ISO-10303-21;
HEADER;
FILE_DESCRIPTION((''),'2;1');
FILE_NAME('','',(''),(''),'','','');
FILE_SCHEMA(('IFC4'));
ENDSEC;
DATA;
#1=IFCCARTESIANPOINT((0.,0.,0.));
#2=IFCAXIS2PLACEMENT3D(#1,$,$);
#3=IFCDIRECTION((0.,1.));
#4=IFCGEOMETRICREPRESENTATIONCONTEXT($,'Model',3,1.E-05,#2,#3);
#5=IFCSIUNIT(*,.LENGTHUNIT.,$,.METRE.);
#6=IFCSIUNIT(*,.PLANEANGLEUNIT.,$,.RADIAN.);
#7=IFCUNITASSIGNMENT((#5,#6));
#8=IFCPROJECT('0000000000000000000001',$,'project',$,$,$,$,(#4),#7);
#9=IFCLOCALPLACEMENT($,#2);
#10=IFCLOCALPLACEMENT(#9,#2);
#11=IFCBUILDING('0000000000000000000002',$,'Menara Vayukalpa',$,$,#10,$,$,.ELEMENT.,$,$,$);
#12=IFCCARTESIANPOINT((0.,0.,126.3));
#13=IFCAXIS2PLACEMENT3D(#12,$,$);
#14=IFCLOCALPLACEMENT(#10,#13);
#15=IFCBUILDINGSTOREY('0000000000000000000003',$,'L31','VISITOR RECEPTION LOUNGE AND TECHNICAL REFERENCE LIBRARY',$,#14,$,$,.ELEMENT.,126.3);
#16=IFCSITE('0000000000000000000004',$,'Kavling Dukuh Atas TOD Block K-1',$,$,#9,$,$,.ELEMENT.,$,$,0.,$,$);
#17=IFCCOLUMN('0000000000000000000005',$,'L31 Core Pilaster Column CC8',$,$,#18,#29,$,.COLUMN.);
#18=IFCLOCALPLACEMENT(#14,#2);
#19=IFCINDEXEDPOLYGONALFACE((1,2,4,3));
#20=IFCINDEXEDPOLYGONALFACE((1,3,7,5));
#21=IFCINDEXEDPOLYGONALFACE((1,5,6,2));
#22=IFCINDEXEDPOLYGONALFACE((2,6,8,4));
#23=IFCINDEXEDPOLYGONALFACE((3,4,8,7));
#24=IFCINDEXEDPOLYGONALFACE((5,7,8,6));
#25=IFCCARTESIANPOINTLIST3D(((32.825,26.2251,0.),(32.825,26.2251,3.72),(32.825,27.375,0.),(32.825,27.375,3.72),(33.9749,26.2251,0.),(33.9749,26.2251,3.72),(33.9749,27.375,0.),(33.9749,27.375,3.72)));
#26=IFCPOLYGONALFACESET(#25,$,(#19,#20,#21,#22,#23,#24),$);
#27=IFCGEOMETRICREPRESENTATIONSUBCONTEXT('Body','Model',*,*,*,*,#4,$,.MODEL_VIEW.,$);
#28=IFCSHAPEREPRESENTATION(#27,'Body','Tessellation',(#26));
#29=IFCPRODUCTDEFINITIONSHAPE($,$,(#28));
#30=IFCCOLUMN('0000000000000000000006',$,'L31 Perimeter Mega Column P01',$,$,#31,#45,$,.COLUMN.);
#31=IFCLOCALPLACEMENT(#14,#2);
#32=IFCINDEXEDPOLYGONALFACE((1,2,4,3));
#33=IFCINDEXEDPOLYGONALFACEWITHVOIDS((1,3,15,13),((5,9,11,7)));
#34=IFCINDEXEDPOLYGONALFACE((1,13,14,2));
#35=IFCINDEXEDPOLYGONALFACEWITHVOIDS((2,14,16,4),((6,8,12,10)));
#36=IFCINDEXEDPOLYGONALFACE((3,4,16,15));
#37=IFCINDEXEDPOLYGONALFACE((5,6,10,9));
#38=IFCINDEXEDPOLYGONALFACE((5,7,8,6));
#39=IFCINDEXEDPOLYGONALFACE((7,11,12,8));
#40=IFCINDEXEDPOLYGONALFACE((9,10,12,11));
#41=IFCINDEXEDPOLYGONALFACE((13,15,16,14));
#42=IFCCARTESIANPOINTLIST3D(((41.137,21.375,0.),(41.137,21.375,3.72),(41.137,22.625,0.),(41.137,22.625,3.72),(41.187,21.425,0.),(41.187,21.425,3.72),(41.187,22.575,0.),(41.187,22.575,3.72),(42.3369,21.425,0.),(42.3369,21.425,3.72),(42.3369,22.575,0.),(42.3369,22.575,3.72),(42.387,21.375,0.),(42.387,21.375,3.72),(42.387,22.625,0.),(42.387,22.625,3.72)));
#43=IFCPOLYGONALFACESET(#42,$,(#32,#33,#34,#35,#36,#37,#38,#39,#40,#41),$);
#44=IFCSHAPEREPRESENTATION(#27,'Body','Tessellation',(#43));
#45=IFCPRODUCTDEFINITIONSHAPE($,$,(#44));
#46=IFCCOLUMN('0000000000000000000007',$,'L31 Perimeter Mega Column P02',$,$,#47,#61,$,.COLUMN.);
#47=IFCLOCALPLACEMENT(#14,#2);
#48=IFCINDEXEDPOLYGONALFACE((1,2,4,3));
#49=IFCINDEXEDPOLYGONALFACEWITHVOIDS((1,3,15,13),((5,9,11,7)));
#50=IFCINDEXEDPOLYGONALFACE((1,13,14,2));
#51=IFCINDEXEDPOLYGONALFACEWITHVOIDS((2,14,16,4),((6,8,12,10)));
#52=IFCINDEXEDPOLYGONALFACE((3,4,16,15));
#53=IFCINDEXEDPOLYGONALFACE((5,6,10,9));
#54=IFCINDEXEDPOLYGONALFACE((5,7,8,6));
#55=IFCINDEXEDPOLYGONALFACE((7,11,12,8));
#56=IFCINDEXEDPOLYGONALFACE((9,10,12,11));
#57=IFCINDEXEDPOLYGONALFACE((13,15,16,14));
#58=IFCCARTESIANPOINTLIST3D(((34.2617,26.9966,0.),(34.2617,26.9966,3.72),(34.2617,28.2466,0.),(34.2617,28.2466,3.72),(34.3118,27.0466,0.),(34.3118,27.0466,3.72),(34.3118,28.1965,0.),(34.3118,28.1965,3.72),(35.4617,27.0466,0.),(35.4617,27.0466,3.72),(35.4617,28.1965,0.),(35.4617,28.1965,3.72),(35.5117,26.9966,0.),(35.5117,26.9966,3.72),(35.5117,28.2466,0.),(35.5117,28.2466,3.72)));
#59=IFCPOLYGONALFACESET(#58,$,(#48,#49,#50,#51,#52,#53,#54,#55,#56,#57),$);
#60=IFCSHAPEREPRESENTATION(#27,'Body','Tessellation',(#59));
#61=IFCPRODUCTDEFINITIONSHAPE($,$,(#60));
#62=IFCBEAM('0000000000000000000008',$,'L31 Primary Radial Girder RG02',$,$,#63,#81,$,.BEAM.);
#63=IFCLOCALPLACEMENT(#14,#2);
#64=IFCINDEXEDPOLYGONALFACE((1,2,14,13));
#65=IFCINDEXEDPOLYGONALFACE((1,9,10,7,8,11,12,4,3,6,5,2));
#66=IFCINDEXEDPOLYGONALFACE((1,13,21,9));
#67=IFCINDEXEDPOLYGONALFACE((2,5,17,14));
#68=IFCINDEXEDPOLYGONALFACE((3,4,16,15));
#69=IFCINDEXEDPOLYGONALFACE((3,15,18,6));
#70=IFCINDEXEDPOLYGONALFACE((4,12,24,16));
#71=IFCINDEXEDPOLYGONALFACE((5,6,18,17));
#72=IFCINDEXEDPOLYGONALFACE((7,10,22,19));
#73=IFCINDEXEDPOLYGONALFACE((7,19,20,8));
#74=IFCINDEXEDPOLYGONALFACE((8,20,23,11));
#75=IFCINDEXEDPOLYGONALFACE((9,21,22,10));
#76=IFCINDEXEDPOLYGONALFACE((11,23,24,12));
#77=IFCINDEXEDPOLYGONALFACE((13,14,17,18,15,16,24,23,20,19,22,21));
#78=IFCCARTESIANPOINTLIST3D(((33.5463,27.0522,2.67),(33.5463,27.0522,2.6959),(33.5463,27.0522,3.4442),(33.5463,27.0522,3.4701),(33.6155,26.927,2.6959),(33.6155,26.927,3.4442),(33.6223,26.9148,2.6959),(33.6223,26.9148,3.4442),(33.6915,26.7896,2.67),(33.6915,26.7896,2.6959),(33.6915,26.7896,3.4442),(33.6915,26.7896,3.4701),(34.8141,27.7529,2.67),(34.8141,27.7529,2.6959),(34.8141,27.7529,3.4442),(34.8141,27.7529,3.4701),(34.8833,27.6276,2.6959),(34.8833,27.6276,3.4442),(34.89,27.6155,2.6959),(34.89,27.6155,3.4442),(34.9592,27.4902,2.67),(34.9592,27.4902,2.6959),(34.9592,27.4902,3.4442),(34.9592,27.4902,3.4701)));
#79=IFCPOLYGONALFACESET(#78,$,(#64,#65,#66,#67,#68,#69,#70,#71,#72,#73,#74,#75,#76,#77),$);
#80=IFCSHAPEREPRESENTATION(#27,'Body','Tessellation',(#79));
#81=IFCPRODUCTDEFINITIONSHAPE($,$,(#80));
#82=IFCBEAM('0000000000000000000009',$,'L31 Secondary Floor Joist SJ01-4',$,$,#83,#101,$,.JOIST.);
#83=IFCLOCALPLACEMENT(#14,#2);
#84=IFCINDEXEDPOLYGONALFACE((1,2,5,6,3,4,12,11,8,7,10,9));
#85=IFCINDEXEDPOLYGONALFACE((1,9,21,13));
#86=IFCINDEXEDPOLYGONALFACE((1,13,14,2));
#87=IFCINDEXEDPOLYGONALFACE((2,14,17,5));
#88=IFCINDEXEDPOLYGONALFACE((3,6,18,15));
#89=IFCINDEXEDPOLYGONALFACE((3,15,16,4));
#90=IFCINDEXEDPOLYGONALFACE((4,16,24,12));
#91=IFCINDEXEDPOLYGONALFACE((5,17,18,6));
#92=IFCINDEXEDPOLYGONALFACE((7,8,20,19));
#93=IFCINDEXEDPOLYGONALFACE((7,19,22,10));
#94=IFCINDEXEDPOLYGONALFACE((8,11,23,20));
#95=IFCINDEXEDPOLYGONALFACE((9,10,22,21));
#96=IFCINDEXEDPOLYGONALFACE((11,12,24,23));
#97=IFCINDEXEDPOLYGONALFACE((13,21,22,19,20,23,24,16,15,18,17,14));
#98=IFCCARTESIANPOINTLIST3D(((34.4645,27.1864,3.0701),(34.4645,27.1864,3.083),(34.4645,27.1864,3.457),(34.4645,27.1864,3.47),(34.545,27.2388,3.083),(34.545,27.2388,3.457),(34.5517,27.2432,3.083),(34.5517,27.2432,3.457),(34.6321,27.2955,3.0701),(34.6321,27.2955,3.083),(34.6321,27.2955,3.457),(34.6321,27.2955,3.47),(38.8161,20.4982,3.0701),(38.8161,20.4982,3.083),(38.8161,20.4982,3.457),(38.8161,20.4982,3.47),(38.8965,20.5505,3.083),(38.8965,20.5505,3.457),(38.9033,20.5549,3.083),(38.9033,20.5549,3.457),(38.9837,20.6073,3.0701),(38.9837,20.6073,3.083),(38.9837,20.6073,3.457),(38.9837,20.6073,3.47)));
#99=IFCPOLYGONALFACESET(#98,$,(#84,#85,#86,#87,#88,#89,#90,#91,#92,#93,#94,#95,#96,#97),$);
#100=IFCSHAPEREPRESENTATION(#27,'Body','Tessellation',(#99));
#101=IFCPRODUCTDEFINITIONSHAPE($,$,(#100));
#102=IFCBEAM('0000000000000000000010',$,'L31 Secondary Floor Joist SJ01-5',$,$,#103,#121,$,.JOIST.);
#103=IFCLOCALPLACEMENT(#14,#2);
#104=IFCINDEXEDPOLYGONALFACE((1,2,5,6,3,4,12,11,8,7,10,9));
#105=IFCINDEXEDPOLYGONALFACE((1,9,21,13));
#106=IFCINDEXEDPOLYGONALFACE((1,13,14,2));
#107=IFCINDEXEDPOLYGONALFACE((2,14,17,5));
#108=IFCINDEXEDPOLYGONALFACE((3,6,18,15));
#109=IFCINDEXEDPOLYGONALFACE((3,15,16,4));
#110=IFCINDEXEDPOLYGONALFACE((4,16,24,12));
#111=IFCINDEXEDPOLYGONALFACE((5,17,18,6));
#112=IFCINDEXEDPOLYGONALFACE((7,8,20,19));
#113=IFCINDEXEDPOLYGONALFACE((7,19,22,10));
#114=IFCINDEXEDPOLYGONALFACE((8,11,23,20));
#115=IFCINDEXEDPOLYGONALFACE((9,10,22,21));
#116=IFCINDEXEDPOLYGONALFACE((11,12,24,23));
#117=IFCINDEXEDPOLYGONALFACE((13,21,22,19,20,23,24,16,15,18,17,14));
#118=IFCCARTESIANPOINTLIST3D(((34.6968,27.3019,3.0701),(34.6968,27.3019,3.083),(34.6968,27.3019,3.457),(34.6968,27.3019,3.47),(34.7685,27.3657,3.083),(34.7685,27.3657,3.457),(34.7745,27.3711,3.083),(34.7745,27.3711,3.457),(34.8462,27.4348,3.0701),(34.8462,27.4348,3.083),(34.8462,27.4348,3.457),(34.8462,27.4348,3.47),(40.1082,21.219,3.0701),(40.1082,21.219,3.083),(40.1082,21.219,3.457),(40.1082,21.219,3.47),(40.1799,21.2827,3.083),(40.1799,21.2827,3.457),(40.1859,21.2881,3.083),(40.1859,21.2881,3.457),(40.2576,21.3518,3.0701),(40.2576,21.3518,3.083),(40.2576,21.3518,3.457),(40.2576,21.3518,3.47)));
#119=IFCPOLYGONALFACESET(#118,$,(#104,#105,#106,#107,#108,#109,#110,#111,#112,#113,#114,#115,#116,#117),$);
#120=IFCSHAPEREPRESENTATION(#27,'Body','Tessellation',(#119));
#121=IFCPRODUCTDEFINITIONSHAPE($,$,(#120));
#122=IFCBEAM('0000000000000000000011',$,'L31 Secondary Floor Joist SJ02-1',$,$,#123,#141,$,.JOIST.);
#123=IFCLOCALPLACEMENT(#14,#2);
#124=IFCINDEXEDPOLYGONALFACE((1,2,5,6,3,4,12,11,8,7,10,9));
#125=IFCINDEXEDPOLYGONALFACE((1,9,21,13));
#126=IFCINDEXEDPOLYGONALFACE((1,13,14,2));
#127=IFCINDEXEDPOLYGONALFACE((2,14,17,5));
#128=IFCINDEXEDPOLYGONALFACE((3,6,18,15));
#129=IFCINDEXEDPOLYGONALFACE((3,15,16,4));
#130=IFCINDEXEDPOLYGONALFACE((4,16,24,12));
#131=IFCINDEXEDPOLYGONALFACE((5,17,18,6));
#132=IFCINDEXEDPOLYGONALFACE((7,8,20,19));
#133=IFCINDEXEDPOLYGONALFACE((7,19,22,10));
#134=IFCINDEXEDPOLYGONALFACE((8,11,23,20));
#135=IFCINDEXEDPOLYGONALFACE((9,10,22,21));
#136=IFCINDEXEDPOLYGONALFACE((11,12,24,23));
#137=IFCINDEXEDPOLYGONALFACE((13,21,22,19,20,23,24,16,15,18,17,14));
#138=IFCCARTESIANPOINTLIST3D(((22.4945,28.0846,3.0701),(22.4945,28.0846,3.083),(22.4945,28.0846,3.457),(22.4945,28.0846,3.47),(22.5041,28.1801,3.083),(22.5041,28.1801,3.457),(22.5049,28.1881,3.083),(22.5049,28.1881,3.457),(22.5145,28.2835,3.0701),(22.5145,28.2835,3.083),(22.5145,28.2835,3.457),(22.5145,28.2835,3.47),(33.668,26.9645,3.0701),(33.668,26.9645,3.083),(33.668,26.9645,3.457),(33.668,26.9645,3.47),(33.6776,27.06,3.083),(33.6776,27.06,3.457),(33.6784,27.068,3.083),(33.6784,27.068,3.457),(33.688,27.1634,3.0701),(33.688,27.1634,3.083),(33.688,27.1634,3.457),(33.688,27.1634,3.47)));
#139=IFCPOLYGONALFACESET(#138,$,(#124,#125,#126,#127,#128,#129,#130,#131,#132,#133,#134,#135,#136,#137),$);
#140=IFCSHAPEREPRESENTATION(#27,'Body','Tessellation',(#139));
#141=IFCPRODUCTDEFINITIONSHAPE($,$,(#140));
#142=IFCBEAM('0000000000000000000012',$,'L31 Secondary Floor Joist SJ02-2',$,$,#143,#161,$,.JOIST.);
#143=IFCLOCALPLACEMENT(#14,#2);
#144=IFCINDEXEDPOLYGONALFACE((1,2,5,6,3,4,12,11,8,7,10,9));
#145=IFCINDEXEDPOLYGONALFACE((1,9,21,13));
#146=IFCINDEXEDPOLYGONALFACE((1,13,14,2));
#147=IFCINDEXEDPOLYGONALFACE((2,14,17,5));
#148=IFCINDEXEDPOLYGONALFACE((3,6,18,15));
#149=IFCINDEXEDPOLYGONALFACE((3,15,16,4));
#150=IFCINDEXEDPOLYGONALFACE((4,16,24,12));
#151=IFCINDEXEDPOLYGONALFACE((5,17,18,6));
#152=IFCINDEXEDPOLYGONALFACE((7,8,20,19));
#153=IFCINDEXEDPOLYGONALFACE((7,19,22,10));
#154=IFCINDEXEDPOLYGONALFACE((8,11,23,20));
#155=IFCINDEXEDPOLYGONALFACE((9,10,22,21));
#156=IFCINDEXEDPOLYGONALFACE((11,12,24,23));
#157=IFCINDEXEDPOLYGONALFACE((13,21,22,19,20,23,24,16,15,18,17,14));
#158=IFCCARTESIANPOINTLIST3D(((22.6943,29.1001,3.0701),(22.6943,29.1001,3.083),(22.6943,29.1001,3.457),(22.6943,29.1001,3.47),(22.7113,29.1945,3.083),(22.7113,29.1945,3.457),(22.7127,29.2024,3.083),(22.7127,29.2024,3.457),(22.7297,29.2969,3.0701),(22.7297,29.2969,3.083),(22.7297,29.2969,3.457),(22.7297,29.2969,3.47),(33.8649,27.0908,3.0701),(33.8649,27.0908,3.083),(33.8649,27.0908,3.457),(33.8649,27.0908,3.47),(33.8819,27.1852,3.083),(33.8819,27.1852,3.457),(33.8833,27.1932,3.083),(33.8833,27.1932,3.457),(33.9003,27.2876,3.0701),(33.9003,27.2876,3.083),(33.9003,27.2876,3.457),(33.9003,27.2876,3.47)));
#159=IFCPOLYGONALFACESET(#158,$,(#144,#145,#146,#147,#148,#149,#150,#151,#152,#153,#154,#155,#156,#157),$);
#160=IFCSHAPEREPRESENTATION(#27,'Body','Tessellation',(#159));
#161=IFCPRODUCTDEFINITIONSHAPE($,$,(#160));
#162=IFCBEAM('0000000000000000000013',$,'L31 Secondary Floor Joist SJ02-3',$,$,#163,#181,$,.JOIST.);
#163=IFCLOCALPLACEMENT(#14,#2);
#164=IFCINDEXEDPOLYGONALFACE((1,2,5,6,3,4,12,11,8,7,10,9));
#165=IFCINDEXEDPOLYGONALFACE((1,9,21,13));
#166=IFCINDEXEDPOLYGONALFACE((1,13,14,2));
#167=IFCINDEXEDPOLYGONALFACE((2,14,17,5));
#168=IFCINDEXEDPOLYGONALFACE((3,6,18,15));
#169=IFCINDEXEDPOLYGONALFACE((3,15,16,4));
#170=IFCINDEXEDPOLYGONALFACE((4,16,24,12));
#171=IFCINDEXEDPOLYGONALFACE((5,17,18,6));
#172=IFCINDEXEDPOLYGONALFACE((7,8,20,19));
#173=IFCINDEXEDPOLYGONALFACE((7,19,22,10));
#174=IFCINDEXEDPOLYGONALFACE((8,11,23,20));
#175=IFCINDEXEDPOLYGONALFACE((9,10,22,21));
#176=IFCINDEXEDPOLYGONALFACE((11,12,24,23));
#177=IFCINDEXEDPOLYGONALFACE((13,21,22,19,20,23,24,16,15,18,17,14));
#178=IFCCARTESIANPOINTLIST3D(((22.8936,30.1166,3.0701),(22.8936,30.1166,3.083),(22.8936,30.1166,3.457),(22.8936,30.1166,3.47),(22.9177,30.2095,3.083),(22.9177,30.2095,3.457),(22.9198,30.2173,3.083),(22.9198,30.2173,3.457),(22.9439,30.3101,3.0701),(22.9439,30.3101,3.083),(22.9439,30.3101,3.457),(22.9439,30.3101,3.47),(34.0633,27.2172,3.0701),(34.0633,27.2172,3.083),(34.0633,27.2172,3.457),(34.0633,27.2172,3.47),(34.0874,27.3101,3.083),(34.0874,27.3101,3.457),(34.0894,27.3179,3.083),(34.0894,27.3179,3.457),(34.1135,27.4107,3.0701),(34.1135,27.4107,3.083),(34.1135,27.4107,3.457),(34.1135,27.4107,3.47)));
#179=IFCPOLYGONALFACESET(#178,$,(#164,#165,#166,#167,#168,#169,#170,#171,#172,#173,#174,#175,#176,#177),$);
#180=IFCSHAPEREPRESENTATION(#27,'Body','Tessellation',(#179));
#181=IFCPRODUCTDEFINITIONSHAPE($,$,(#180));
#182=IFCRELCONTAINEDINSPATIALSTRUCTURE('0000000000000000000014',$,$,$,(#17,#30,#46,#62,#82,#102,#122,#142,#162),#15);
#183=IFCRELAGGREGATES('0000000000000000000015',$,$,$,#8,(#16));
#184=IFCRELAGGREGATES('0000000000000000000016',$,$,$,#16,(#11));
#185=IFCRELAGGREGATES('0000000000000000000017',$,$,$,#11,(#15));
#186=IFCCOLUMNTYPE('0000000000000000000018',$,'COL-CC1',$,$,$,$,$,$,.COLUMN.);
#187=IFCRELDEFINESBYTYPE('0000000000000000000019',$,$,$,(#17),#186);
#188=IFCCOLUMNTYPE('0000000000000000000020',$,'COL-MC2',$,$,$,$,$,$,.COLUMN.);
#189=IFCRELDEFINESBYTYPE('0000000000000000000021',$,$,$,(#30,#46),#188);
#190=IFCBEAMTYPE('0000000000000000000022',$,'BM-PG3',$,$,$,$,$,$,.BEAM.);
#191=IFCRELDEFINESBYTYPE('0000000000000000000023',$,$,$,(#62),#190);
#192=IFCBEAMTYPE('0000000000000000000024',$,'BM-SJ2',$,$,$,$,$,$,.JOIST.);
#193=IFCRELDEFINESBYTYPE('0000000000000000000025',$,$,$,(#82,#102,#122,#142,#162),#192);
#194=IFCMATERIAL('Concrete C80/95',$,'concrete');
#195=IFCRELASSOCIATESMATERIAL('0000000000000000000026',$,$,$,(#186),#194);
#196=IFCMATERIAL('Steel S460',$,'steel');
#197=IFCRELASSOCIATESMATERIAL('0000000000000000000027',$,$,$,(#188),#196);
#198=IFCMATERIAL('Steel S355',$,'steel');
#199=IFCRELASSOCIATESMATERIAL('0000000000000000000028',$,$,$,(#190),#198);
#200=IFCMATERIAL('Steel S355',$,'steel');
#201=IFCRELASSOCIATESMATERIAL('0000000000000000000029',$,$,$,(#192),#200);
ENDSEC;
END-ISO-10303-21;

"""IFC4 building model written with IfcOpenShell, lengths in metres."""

from ifc_helpers import new_model, si_unit, direction, frame, origin, origin_2d, place, context, subcontext, project, spatial, rectangle, hollow_rectangle, i_section, extrude, material, material_profile, profile_set, type_object, element, save


model = new_model("IFC4")

# Units and contexts
model_context = context("Model", 3, precision=1e-05, world=origin(), true_north=direction((0.0, 1.0)))
body_context = subcontext(model_context, "Body", "Model", "MODEL_VIEW")
ifc_project = project(units=[si_unit("LENGTHUNIT", "METRE"), si_unit("PLANEANGLEUNIT", "RADIAN")], contexts=[model_context])

# Site, building, storey
site_placement = place(None, origin())
site = spatial("IfcSite", under=ifc_project, at=site_placement, Name="Kavling Dukuh Atas TOD Block K-1", CompositionType="ELEMENT", RefElevation=0.0)
building_placement = place(site_placement, origin())
building = spatial("IfcBuilding", under=site, at=building_placement, Name="Menara Vayukalpa", CompositionType="ELEMENT")
storey_placement = place(building_placement, frame((0.0, 0.0, 126.3)))
storey = spatial("IfcBuildingStorey", under=building, at=storey_placement, Name="L31", Description="VISITOR RECEPTION LOUNGE AND TECHNICAL REFERENCE LIBRARY", CompositionType="ELEMENT", Elevation=126.3)

# Columns
ifc_material_1 = material(Name="Concrete C80/95", Category="concrete")
ifc_material_profile_1 = material_profile(ifc_material_1, rectangle(XDim=1.1499, YDim=1.1499, at=origin_2d()), Name="RC 1150x1150")
ifc_profile_set_1 = profile_set([ifc_material_profile_1], Name="Concrete C80/95")
column_type_1 = type_object("IfcColumnType", Name="COL-CC1", PredefinedType="COLUMN", material=ifc_profile_set_1)
column_placement = place(storey_placement, frame((33.3999, 26.8, 0.0), z_axis=(0.0, 0.0, 1.0), x_axis=(1.0, 0.0, 0.0)))
element("IfcColumn", 1, at=column_placement, inside=storey, type_object=column_type_1, Name="L31 Core Pilaster Column CC8", PredefinedType="COLUMN", context=body_context, shape_type="SweptSolid", body=[
    extrude(rectangle(XDim=1.1499, YDim=1.1499, at=origin_2d()), origin(), (0.0, 0.0, 1.0), 3.72),
])
ifc_material_2 = material(Name="Steel S460", Category="steel")
ifc_material_profile_2 = material_profile(ifc_material_2, hollow_rectangle(XDim=1.25, YDim=1.25, WallThickness=0.05, at=origin_2d()), Name="BOX 1250x1250x50")
ifc_profile_set_2 = profile_set([ifc_material_profile_2], Name="Steel S460")
column_type_2 = type_object("IfcColumnType", Name="COL-MC2", PredefinedType="COLUMN", material=ifc_profile_set_2)
for number, where, z_axis, x_axis, name in (
    (2, (41.762, 22.0, 0.0), (0.0, 0.0, 1.0), (1.0, 0.0, 0.0), "L31 Perimeter Mega Column P01"),
    (3, (34.8867, 27.6216, 0.0), (0.0, 0.0, 1.0), (1.0, 0.0, 0.0), "L31 Perimeter Mega Column P02"),
):
    element("IfcColumn", number, at=place(storey_placement, frame(where, z_axis=z_axis, x_axis=x_axis)), inside=storey, type_object=column_type_2, Name=name, PredefinedType="COLUMN", context=body_context, shape_type="SweptSolid", body=[
        extrude(hollow_rectangle(XDim=1.25, YDim=1.25, WallThickness=0.05, at=origin_2d()), origin(), (0.0, 0.0, 1.0), 3.72),
    ])

# Beams
ifc_material_3 = material(Name="Steel S355", Category="steel")
ifc_material_profile_3 = material_profile(ifc_material_3, i_section(OverallWidth=0.3, OverallDepth=0.8, WebThickness=0.0139, FlangeThickness=0.0259, at=origin_2d()), Name="WF 800x300x14x26")
ifc_profile_set_3 = profile_set([ifc_material_profile_3], Name="Steel S355")
beam_type_1 = type_object("IfcBeamType", Name="BM-PG3", PredefinedType="BEAM", material=ifc_profile_set_3)
beam_1_placement = place(storey_placement, frame((33.6189, 26.9209, 3.0701), z_axis=(0.875228, 0.48371, 0.0), x_axis=(-0.48371, 0.875228, 0.0)))
element("IfcBeam", 4, at=beam_1_placement, inside=storey, type_object=beam_type_1, Name="L31 Primary Radial Girder RG02", PredefinedType="BEAM", context=body_context, shape_type="SweptSolid", body=[
    extrude(i_section(OverallWidth=0.3, OverallDepth=0.8, WebThickness=0.0139, FlangeThickness=0.0259, at=origin_2d()), origin(), (0.0, 0.0, 1.0), 1.4485),
])
ifc_material_4 = material(Name="Steel S355", Category="steel")
ifc_material_profile_4 = material_profile(ifc_material_4, i_section(OverallWidth=0.2, OverallDepth=0.3999, WebThickness=0.0081, FlangeThickness=0.0129, at=origin_2d()), Name="WF 400x200x8x13")
ifc_profile_set_4 = profile_set([ifc_material_profile_4], Name="Steel S355")
beam_type_2 = type_object("IfcBeamType", Name="BM-SJ2", PredefinedType="JOIST", material=ifc_profile_set_4)
beam_2_placement = place(storey_placement, frame((38.8999, 20.5527, 3.27), z_axis=(-0.545359, 0.838202, 0.0), x_axis=(-0.838202, -0.545359, 0.0)))
element("IfcBeam", 5, at=beam_2_placement, inside=storey, type_object=beam_type_2, Name="L31 Secondary Floor Joist SJ01-4", PredefinedType="JOIST", context=body_context, shape_type="SweptSolid", body=[
    extrude(i_section(OverallWidth=0.2, OverallDepth=0.3999, WebThickness=0.0081, FlangeThickness=0.0129, at=origin_2d()), origin(), (0.0, 0.0, 1.0), 7.9792),
])
beam_3_placement = place(storey_placement, frame((40.1829, 21.2854, 3.27), z_axis=(-0.664656, 0.74715, 0.0), x_axis=(-0.74715, -0.664656, 0.0)))
element("IfcBeam", 6, at=beam_3_placement, inside=storey, type_object=beam_type_2, Name="L31 Secondary Floor Joist SJ01-5", PredefinedType="JOIST", context=body_context, shape_type="SweptSolid", body=[
    extrude(i_section(OverallWidth=0.2, OverallDepth=0.3999, WebThickness=0.0081, FlangeThickness=0.0129, at=origin_2d()), origin(), (0.0, 0.0, 1.0), 8.1416),
])
beam_4_placement = place(storey_placement, frame((33.678, 27.064, 3.27), z_axis=(-0.995013, 0.099747, 0.0), x_axis=(-0.099747, -0.995013, 0.0)))
element("IfcBeam", 7, at=beam_4_placement, inside=storey, type_object=beam_type_2, Name="L31 Secondary Floor Joist SJ02-1", PredefinedType="JOIST", context=body_context, shape_type="SweptSolid", body=[
    extrude(i_section(OverallWidth=0.2, OverallDepth=0.3999, WebThickness=0.0081, FlangeThickness=0.0129, at=origin_2d()), origin(), (0.0, 0.0, 1.0), 11.2295),
])
beam_5_placement = place(storey_placement, frame((33.8826, 27.1892, 3.27), z_axis=(-0.984205, 0.17703, 0.0), x_axis=(-0.17703, -0.984205, 0.0)))
element("IfcBeam", 8, at=beam_5_placement, inside=storey, type_object=beam_type_2, Name="L31 Secondary Floor Joist SJ02-2", PredefinedType="JOIST", context=body_context, shape_type="SweptSolid", body=[
    extrude(i_section(OverallWidth=0.2, OverallDepth=0.3999, WebThickness=0.0081, FlangeThickness=0.0129, at=origin_2d()), origin(), (0.0, 0.0, 1.0), 11.3499),
])
beam_6_placement = place(storey_placement, frame((34.0884, 27.314, 3.27), z_axis=(-0.967922, 0.251252, 0.0), x_axis=(-0.251252, -0.967922, 0.0)))
element("IfcBeam", 9, at=beam_6_placement, inside=storey, type_object=beam_type_2, Name="L31 Secondary Floor Joist SJ02-3", PredefinedType="JOIST", context=body_context, shape_type="SweptSolid", body=[
    extrude(i_section(OverallWidth=0.2, OverallDepth=0.3999, WebThickness=0.0081, FlangeThickness=0.0129, at=origin_2d()), origin(), (0.0, 0.0, 1.0), 11.5398),
])

save(model, "model.ifc")
